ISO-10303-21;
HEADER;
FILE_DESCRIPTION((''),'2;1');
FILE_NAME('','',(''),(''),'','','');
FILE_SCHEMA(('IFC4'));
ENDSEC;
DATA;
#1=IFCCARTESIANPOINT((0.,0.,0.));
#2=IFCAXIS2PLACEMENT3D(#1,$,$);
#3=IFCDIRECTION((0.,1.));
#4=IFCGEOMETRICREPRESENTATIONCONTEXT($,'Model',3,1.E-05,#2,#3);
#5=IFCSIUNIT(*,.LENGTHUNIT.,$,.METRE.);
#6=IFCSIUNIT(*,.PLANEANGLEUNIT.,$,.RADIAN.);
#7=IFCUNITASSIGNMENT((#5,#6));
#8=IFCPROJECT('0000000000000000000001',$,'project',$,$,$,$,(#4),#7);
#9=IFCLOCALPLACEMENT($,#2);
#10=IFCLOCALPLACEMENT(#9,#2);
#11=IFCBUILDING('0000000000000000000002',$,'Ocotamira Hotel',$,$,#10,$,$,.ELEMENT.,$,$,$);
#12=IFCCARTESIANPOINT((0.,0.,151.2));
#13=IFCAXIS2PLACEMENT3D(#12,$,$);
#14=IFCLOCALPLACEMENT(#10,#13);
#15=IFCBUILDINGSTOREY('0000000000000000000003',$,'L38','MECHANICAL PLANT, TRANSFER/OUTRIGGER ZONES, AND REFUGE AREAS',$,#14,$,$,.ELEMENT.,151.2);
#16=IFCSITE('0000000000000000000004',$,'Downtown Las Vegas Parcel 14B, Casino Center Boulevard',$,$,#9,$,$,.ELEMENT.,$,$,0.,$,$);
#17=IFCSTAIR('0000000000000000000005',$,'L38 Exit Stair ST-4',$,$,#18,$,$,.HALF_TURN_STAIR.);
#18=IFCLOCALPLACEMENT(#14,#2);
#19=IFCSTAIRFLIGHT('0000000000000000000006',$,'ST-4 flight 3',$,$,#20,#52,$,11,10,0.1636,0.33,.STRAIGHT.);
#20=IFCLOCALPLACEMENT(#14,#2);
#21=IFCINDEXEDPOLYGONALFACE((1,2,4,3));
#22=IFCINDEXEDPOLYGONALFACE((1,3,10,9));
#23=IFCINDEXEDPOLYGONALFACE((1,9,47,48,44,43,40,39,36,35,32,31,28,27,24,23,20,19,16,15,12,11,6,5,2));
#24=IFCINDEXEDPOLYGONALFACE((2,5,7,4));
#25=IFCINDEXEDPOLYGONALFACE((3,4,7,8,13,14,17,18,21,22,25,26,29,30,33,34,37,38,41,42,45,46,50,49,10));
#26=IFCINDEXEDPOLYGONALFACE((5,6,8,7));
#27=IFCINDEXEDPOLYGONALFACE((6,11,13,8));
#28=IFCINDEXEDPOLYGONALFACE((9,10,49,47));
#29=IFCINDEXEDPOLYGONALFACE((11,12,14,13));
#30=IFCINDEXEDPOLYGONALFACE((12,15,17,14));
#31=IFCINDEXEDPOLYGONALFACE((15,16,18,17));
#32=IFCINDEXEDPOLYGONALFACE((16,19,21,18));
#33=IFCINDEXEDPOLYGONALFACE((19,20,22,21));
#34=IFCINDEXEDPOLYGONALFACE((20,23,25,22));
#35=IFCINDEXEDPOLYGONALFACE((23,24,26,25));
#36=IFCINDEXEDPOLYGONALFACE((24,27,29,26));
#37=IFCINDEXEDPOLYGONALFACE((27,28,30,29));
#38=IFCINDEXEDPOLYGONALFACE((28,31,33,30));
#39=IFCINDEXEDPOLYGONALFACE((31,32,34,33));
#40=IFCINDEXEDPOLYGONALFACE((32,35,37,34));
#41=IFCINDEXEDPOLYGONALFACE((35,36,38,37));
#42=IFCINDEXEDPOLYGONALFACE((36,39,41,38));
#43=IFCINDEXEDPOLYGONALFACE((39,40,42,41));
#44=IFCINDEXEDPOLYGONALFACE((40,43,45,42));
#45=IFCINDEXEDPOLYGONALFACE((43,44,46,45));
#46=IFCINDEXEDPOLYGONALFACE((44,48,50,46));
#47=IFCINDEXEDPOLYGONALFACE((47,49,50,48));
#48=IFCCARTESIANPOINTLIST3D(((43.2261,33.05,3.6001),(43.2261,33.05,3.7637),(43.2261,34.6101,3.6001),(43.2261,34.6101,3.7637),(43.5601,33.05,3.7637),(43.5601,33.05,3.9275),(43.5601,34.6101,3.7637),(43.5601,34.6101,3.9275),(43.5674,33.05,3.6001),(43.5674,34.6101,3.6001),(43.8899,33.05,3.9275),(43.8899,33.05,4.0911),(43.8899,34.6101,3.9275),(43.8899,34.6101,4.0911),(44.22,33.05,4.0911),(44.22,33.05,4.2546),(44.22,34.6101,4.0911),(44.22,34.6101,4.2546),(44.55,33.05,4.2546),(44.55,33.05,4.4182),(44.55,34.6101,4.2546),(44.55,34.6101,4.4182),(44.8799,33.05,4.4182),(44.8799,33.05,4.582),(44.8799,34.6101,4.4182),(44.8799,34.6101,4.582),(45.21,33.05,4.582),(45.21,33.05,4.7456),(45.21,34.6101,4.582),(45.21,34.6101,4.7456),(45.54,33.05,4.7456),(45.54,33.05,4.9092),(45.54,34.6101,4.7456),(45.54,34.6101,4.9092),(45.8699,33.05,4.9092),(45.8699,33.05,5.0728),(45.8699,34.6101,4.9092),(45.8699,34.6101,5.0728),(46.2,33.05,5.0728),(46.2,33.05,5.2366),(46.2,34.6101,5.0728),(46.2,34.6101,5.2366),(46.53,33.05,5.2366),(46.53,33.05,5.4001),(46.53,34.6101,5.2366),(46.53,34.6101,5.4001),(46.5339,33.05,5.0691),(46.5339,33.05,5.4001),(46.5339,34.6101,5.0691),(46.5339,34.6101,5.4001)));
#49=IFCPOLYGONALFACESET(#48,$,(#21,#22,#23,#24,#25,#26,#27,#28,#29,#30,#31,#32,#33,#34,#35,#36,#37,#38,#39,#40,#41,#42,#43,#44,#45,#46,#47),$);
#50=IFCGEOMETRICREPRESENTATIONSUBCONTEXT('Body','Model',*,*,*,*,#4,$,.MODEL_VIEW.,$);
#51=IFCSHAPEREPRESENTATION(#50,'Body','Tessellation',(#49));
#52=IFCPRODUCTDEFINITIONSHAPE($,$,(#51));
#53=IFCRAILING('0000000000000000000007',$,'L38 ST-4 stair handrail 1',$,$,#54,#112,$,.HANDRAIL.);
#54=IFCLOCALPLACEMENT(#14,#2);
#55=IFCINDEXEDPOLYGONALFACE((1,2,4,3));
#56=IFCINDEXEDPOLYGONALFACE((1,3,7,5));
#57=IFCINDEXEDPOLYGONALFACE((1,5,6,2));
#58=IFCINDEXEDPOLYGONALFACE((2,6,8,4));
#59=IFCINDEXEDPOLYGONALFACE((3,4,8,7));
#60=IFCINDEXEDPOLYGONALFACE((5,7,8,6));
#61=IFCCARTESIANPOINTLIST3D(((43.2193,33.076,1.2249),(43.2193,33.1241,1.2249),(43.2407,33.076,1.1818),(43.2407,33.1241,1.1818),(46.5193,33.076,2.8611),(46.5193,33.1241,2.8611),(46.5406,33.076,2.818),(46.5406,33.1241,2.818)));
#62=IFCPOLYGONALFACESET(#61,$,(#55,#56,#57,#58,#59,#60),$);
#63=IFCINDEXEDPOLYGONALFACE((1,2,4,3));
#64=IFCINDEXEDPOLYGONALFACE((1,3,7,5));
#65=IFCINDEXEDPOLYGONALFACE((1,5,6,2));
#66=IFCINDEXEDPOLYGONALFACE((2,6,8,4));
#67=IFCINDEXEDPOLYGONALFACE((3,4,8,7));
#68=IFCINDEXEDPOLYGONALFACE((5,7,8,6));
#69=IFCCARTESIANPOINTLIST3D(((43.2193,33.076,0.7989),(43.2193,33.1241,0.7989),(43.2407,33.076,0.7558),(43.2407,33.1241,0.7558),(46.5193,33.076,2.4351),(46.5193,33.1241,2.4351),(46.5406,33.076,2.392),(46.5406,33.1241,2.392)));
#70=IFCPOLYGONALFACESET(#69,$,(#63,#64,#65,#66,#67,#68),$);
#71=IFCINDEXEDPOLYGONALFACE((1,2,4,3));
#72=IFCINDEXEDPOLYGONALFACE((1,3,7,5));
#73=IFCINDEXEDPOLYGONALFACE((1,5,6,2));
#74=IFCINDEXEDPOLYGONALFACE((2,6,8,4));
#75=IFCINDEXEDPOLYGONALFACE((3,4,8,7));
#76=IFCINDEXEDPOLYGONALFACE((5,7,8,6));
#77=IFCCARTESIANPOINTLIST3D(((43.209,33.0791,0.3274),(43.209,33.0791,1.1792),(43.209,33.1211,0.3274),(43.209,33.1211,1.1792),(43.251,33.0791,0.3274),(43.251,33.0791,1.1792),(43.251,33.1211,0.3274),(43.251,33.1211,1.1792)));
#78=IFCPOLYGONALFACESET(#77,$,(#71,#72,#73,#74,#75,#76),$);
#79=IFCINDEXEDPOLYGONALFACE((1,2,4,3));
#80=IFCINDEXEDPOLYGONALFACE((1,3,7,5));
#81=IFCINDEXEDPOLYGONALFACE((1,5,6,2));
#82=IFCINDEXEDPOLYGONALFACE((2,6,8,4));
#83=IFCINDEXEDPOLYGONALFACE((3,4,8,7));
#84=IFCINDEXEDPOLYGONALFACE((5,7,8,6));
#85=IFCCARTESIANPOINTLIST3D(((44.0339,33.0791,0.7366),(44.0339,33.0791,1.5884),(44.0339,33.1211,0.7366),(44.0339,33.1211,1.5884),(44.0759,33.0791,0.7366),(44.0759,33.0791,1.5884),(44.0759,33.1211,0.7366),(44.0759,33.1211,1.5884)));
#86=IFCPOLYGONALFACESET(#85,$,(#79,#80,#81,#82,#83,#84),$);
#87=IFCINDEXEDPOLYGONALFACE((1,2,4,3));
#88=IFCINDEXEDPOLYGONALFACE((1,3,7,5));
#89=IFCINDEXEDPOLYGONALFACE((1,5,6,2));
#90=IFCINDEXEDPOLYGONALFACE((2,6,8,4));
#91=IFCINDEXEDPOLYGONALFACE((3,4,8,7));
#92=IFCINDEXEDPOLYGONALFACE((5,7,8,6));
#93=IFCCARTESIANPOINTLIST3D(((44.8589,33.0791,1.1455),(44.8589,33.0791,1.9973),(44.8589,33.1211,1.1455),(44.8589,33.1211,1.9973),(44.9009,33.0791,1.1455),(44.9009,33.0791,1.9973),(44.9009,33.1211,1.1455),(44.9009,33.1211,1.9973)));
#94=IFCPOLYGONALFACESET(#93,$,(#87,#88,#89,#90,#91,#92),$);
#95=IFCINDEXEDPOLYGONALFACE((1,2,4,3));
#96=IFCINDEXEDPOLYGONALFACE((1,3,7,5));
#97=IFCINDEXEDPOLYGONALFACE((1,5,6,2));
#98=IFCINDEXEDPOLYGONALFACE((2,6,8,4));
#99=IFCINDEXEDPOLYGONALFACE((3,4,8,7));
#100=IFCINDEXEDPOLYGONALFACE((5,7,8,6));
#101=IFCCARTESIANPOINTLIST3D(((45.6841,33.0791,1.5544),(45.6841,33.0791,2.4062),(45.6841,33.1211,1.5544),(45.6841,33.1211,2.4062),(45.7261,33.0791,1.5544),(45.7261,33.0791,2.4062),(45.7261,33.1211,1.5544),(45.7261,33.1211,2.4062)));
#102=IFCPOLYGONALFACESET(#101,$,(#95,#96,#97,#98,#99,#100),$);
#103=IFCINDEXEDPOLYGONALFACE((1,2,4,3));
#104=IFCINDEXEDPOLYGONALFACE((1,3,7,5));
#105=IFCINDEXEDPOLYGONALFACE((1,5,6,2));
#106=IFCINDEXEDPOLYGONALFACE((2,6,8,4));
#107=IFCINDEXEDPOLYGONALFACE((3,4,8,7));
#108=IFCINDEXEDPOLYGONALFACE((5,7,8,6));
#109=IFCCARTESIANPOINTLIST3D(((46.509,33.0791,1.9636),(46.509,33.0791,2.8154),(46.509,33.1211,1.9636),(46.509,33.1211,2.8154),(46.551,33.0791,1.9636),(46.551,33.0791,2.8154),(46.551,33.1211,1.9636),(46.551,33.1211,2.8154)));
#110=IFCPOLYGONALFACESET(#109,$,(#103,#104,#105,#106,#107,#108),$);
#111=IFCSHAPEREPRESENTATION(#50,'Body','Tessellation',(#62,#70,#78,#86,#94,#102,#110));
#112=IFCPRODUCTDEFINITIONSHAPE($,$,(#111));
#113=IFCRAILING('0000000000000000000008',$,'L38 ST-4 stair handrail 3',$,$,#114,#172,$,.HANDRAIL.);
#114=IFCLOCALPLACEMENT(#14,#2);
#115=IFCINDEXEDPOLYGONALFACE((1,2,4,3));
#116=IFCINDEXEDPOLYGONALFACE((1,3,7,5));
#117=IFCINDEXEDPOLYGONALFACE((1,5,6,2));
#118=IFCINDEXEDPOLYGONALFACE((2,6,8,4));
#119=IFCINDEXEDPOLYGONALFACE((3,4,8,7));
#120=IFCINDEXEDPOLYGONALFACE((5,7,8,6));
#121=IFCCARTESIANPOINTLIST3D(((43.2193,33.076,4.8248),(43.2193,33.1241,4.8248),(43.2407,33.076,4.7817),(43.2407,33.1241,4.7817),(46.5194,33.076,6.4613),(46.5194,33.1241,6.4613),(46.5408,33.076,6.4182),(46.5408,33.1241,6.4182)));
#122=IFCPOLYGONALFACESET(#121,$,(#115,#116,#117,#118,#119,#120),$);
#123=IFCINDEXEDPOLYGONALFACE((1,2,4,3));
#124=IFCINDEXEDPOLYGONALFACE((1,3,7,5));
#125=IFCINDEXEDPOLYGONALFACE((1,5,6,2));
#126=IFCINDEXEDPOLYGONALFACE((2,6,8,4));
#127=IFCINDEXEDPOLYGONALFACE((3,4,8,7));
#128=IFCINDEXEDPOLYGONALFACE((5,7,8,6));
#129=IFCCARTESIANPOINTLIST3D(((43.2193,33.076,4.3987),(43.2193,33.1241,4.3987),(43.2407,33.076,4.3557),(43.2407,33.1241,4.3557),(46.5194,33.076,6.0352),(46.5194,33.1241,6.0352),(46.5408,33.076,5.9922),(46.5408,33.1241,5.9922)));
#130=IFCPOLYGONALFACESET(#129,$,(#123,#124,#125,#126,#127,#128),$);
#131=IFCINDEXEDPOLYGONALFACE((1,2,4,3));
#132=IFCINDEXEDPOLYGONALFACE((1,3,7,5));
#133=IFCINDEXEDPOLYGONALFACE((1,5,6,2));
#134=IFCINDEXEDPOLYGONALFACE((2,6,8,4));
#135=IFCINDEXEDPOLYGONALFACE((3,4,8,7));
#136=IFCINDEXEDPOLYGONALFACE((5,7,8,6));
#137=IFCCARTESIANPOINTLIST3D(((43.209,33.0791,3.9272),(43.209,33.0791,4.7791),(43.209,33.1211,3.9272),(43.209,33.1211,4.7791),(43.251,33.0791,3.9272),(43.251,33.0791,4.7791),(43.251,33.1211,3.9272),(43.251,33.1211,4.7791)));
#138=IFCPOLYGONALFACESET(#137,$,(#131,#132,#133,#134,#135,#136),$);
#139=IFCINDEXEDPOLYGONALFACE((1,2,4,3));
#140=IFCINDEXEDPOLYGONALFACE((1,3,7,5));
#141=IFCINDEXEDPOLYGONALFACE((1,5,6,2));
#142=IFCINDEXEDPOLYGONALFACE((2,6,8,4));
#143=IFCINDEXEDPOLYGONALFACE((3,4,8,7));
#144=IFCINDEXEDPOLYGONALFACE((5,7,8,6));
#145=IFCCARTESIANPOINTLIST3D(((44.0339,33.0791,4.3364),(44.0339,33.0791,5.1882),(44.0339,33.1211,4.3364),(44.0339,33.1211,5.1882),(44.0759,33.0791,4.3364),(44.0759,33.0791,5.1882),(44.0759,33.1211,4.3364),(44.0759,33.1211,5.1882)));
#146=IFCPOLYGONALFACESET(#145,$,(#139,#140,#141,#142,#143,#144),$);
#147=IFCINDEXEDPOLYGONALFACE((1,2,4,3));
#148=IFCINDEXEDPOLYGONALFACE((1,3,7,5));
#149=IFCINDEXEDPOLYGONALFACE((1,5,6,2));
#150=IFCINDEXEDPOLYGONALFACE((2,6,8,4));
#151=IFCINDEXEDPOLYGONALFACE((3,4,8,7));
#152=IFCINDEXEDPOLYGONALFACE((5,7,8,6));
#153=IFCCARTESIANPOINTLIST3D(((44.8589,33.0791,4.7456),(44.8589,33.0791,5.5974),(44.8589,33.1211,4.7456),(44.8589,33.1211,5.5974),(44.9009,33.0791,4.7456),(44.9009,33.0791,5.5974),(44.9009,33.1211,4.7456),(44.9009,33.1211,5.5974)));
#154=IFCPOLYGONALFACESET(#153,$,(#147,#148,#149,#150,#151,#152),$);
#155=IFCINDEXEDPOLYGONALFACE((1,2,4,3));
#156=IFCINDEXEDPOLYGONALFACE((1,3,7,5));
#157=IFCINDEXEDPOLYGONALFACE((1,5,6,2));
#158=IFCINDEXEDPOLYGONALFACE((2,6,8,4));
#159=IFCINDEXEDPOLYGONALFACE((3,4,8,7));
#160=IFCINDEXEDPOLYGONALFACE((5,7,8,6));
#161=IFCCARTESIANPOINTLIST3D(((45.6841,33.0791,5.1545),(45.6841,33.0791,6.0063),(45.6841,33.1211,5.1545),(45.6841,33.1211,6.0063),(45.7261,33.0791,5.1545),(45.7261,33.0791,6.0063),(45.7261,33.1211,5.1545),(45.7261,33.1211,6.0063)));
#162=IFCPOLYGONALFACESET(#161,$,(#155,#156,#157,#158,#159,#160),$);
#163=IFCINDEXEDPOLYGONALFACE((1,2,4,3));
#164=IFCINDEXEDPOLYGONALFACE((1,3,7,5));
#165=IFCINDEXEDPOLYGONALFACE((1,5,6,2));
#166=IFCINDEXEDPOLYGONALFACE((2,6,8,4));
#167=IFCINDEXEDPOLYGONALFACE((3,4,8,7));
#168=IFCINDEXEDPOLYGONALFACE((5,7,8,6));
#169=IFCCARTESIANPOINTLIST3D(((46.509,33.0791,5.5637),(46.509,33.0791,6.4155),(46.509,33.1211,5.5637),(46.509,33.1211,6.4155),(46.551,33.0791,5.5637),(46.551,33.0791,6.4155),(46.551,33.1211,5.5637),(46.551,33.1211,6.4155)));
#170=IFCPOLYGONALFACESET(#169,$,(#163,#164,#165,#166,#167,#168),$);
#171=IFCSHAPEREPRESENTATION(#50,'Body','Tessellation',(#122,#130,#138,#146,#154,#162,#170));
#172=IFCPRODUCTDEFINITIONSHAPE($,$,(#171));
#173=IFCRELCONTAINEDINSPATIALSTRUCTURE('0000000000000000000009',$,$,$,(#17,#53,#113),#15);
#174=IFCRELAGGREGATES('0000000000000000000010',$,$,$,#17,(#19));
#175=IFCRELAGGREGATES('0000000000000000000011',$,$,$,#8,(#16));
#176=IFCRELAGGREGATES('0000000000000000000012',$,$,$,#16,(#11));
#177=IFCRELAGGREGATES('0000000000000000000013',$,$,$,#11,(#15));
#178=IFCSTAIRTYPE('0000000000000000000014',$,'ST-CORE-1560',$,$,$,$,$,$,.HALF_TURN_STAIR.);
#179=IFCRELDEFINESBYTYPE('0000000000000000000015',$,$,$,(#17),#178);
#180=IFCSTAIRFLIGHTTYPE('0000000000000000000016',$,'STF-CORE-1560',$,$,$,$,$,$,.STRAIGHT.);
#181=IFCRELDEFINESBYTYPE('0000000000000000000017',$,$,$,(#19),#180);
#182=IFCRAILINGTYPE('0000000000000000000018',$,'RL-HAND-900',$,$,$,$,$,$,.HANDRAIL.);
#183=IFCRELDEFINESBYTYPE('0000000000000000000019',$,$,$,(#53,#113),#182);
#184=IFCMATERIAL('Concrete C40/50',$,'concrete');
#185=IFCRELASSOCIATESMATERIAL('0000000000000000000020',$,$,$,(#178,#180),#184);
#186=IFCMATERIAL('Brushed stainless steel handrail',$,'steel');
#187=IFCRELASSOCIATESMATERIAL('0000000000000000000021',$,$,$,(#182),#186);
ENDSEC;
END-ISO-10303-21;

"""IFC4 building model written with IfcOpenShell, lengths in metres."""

from ifc_helpers import new_model, si_unit, direction, frame, origin, origin_2d, place, context, subcontext, project, spatial, polyline, rectangle, outline, extrude, source, transform, mapped, material, type_object, element, aggregate, save


model = new_model("IFC4")

# Units and contexts
model_context = context("Model", 3, precision=1e-05, world=origin(), true_north=direction((0.0, 1.0)))
body_context = subcontext(model_context, "Body", "Model", "MODEL_VIEW")
ifc_project = project(units=[si_unit("LENGTHUNIT", "METRE"), si_unit("PLANEANGLEUNIT", "RADIAN")], contexts=[model_context])

# Site, building, storey
site_placement = place(None, origin())
site = spatial("IfcSite", under=ifc_project, at=site_placement, Name="Downtown Las Vegas Parcel 14B, Casino Center Boulevard", CompositionType="ELEMENT", RefElevation=0.0)
building_placement = place(site_placement, origin())
building = spatial("IfcBuilding", under=site, at=building_placement, Name="Ocotamira Hotel", CompositionType="ELEMENT")
storey_placement = place(building_placement, frame((0.0, 0.0, 151.2)))
storey = spatial("IfcBuildingStorey", under=building, at=storey_placement, Name="L38", Description="MECHANICAL PLANT, TRANSFER/OUTRIGGER ZONES, AND REFUGE AREAS", CompositionType="ELEMENT", Elevation=151.2)

# Stair, stair flight
ifc_material_1 = material(Name="Concrete C40/50", Category="concrete")
stair_type = type_object("IfcStairType", Name="ST-CORE-1560", PredefinedType="HALF_TURN_STAIR", material=ifc_material_1)
stair_placement = place(storey_placement, origin())
stair = element("IfcStair", 1, at=stair_placement, inside=storey, type_object=stair_type, Name="L38 Exit Stair ST-4", PredefinedType="HALF_TURN_STAIR")
stair_flight_type = type_object("IfcStairFlightType", Name="STF-CORE-1560", PredefinedType="STRAIGHT", material=ifc_material_1)
shared_shape_1 = source(origin(), body_context, "Body", "SweptSolid", [
    extrude(outline(polyline([(-0.0039, 0.0), (-0.0039, 0.1636), (0.3301, 0.1636), (0.3301, 0.3274), (0.6599, 0.3274), (0.6599, 0.491), (0.99, 0.491), (0.99, 0.6545), (1.3201, 0.6545), (1.3201, 0.8181), (1.6499, 0.8181), (1.6499, 0.9819), (1.98, 0.9819), (1.98, 1.1455), (2.3101, 1.1455), (2.3101, 1.3091), (2.6399, 1.3091), (2.6399, 1.4727), (2.97, 1.4727), (2.97, 1.6365), (3.3, 1.6365), (3.3, 1.8), (3.304, 1.8), (3.304, 1.469), (0.3374, 0.0), (-0.0039, 0.0)])), frame((0.0, 0.78, 0.0), z_axis=(0.0, -1.0, 0.0), x_axis=(1.0, 0.0, 0.0)), (0.0, 0.0, 1.0), 1.5601),
])
stair_flight_1_placement = place(storey_placement, frame((43.23, 33.8301, 3.6001), z_axis=(0.0, 0.0, 1.0), x_axis=(1.0, 0.0, 0.0)))
stair_flight_1 = element("IfcStairFlight", 2, at=stair_flight_1_placement, type_object=stair_flight_type, Name="ST-4 flight 3", NumberOfRisers=11, NumberOfTreads=10, PredefinedType="STRAIGHT", RiserHeight=0.1636, TreadLength=0.33, context=body_context, shape_type="MappedRepresentation", body=[
    mapped(shared_shape_1, transform((0.0, 0.0, 0.0), scale=1.0)),
])
aggregate(stair, [stair_flight_1])

# Railings
ifc_material_2 = material(Name="Brushed stainless steel handrail", Category="steel")
railing_type_1 = type_object("IfcRailingType", Name="RL-HAND-900", PredefinedType="HANDRAIL", material=ifc_material_2)
railing_1_placement = place(storey_placement, frame((43.23, 33.1001, 0.3274)))
element("IfcRailing", 3, at=railing_1_placement, inside=storey, type_object=railing_type_1, Name="L38 ST-4 stair handrail 1", PredefinedType="HANDRAIL", context=body_context, shape_type="SweptSolid", body=[
    extrude(rectangle(XDim=0.0481, YDim=0.0481, at=origin_2d()), frame((0.0, 0.0, 0.876), z_axis=(0.89592, 0.0, 0.444215), x_axis=(0.0, 1.0, 0.0)), (0.0, 0.0, 1.0), 3.6833),
    extrude(rectangle(XDim=0.0481, YDim=0.0481, at=origin_2d()), frame((0.0, 0.0, 0.45), z_axis=(0.89592, 0.0, 0.444215), x_axis=(0.0, 1.0, 0.0)), (0.0, 0.0, 1.0), 3.6833),
    extrude(rectangle(XDim=0.042, YDim=0.042, at=origin_2d()), origin(), (0.0, 0.0, 1.0), 0.8518),
    extrude(rectangle(XDim=0.042, YDim=0.042, at=origin_2d()), frame((0.825, 0.0, 0.4092)), (0.0, 0.0, 1.0), 0.8518),
    extrude(rectangle(XDim=0.042, YDim=0.042, at=origin_2d()), frame((1.6499, 0.0, 0.8181)), (0.0, 0.0, 1.0), 0.8518),
    extrude(rectangle(XDim=0.042, YDim=0.042, at=origin_2d()), frame((2.4751, 0.0, 1.2271)), (0.0, 0.0, 1.0), 0.8518),
    extrude(rectangle(XDim=0.042, YDim=0.042, at=origin_2d()), frame((3.3, 0.0, 1.6362)), (0.0, 0.0, 1.0), 0.8518),
])
railing_2_placement = place(storey_placement, frame((43.23, 33.1001, 3.9272)))
element("IfcRailing", 4, at=railing_2_placement, inside=storey, type_object=railing_type_1, Name="L38 ST-4 stair handrail 3", PredefinedType="HANDRAIL", context=body_context, shape_type="SweptSolid", body=[
    extrude(rectangle(XDim=0.0481, YDim=0.0481, at=origin_2d()), frame((0.0, 0.0, 0.876), z_axis=(0.895894, 0.0, 0.444268), x_axis=(0.0, 1.0, 0.0)), (0.0, 0.0, 1.0), 3.6836),
    extrude(rectangle(XDim=0.0481, YDim=0.0481, at=origin_2d()), frame((0.0, 0.0, 0.45), z_axis=(0.895894, 0.0, 0.444268), x_axis=(0.0, 1.0, 0.0)), (0.0, 0.0, 1.0), 3.6836),
    extrude(rectangle(XDim=0.042, YDim=0.042, at=origin_2d()), origin(), (0.0, 0.0, 1.0), 0.8518),
    extrude(rectangle(XDim=0.042, YDim=0.042, at=origin_2d()), frame((0.825, 0.0, 0.4092)), (0.0, 0.0, 1.0), 0.8518),
    extrude(rectangle(XDim=0.042, YDim=0.042, at=origin_2d()), frame((1.6499, 0.0, 0.8184)), (0.0, 0.0, 1.0), 0.8518),
    extrude(rectangle(XDim=0.042, YDim=0.042, at=origin_2d()), frame((2.4751, 0.0, 1.2273)), (0.0, 0.0, 1.0), 0.8518),
    extrude(rectangle(XDim=0.042, YDim=0.042, at=origin_2d()), frame((3.3, 0.0, 1.6365)), (0.0, 0.0, 1.0), 0.8518),
])

save(model, "model.ifc")
